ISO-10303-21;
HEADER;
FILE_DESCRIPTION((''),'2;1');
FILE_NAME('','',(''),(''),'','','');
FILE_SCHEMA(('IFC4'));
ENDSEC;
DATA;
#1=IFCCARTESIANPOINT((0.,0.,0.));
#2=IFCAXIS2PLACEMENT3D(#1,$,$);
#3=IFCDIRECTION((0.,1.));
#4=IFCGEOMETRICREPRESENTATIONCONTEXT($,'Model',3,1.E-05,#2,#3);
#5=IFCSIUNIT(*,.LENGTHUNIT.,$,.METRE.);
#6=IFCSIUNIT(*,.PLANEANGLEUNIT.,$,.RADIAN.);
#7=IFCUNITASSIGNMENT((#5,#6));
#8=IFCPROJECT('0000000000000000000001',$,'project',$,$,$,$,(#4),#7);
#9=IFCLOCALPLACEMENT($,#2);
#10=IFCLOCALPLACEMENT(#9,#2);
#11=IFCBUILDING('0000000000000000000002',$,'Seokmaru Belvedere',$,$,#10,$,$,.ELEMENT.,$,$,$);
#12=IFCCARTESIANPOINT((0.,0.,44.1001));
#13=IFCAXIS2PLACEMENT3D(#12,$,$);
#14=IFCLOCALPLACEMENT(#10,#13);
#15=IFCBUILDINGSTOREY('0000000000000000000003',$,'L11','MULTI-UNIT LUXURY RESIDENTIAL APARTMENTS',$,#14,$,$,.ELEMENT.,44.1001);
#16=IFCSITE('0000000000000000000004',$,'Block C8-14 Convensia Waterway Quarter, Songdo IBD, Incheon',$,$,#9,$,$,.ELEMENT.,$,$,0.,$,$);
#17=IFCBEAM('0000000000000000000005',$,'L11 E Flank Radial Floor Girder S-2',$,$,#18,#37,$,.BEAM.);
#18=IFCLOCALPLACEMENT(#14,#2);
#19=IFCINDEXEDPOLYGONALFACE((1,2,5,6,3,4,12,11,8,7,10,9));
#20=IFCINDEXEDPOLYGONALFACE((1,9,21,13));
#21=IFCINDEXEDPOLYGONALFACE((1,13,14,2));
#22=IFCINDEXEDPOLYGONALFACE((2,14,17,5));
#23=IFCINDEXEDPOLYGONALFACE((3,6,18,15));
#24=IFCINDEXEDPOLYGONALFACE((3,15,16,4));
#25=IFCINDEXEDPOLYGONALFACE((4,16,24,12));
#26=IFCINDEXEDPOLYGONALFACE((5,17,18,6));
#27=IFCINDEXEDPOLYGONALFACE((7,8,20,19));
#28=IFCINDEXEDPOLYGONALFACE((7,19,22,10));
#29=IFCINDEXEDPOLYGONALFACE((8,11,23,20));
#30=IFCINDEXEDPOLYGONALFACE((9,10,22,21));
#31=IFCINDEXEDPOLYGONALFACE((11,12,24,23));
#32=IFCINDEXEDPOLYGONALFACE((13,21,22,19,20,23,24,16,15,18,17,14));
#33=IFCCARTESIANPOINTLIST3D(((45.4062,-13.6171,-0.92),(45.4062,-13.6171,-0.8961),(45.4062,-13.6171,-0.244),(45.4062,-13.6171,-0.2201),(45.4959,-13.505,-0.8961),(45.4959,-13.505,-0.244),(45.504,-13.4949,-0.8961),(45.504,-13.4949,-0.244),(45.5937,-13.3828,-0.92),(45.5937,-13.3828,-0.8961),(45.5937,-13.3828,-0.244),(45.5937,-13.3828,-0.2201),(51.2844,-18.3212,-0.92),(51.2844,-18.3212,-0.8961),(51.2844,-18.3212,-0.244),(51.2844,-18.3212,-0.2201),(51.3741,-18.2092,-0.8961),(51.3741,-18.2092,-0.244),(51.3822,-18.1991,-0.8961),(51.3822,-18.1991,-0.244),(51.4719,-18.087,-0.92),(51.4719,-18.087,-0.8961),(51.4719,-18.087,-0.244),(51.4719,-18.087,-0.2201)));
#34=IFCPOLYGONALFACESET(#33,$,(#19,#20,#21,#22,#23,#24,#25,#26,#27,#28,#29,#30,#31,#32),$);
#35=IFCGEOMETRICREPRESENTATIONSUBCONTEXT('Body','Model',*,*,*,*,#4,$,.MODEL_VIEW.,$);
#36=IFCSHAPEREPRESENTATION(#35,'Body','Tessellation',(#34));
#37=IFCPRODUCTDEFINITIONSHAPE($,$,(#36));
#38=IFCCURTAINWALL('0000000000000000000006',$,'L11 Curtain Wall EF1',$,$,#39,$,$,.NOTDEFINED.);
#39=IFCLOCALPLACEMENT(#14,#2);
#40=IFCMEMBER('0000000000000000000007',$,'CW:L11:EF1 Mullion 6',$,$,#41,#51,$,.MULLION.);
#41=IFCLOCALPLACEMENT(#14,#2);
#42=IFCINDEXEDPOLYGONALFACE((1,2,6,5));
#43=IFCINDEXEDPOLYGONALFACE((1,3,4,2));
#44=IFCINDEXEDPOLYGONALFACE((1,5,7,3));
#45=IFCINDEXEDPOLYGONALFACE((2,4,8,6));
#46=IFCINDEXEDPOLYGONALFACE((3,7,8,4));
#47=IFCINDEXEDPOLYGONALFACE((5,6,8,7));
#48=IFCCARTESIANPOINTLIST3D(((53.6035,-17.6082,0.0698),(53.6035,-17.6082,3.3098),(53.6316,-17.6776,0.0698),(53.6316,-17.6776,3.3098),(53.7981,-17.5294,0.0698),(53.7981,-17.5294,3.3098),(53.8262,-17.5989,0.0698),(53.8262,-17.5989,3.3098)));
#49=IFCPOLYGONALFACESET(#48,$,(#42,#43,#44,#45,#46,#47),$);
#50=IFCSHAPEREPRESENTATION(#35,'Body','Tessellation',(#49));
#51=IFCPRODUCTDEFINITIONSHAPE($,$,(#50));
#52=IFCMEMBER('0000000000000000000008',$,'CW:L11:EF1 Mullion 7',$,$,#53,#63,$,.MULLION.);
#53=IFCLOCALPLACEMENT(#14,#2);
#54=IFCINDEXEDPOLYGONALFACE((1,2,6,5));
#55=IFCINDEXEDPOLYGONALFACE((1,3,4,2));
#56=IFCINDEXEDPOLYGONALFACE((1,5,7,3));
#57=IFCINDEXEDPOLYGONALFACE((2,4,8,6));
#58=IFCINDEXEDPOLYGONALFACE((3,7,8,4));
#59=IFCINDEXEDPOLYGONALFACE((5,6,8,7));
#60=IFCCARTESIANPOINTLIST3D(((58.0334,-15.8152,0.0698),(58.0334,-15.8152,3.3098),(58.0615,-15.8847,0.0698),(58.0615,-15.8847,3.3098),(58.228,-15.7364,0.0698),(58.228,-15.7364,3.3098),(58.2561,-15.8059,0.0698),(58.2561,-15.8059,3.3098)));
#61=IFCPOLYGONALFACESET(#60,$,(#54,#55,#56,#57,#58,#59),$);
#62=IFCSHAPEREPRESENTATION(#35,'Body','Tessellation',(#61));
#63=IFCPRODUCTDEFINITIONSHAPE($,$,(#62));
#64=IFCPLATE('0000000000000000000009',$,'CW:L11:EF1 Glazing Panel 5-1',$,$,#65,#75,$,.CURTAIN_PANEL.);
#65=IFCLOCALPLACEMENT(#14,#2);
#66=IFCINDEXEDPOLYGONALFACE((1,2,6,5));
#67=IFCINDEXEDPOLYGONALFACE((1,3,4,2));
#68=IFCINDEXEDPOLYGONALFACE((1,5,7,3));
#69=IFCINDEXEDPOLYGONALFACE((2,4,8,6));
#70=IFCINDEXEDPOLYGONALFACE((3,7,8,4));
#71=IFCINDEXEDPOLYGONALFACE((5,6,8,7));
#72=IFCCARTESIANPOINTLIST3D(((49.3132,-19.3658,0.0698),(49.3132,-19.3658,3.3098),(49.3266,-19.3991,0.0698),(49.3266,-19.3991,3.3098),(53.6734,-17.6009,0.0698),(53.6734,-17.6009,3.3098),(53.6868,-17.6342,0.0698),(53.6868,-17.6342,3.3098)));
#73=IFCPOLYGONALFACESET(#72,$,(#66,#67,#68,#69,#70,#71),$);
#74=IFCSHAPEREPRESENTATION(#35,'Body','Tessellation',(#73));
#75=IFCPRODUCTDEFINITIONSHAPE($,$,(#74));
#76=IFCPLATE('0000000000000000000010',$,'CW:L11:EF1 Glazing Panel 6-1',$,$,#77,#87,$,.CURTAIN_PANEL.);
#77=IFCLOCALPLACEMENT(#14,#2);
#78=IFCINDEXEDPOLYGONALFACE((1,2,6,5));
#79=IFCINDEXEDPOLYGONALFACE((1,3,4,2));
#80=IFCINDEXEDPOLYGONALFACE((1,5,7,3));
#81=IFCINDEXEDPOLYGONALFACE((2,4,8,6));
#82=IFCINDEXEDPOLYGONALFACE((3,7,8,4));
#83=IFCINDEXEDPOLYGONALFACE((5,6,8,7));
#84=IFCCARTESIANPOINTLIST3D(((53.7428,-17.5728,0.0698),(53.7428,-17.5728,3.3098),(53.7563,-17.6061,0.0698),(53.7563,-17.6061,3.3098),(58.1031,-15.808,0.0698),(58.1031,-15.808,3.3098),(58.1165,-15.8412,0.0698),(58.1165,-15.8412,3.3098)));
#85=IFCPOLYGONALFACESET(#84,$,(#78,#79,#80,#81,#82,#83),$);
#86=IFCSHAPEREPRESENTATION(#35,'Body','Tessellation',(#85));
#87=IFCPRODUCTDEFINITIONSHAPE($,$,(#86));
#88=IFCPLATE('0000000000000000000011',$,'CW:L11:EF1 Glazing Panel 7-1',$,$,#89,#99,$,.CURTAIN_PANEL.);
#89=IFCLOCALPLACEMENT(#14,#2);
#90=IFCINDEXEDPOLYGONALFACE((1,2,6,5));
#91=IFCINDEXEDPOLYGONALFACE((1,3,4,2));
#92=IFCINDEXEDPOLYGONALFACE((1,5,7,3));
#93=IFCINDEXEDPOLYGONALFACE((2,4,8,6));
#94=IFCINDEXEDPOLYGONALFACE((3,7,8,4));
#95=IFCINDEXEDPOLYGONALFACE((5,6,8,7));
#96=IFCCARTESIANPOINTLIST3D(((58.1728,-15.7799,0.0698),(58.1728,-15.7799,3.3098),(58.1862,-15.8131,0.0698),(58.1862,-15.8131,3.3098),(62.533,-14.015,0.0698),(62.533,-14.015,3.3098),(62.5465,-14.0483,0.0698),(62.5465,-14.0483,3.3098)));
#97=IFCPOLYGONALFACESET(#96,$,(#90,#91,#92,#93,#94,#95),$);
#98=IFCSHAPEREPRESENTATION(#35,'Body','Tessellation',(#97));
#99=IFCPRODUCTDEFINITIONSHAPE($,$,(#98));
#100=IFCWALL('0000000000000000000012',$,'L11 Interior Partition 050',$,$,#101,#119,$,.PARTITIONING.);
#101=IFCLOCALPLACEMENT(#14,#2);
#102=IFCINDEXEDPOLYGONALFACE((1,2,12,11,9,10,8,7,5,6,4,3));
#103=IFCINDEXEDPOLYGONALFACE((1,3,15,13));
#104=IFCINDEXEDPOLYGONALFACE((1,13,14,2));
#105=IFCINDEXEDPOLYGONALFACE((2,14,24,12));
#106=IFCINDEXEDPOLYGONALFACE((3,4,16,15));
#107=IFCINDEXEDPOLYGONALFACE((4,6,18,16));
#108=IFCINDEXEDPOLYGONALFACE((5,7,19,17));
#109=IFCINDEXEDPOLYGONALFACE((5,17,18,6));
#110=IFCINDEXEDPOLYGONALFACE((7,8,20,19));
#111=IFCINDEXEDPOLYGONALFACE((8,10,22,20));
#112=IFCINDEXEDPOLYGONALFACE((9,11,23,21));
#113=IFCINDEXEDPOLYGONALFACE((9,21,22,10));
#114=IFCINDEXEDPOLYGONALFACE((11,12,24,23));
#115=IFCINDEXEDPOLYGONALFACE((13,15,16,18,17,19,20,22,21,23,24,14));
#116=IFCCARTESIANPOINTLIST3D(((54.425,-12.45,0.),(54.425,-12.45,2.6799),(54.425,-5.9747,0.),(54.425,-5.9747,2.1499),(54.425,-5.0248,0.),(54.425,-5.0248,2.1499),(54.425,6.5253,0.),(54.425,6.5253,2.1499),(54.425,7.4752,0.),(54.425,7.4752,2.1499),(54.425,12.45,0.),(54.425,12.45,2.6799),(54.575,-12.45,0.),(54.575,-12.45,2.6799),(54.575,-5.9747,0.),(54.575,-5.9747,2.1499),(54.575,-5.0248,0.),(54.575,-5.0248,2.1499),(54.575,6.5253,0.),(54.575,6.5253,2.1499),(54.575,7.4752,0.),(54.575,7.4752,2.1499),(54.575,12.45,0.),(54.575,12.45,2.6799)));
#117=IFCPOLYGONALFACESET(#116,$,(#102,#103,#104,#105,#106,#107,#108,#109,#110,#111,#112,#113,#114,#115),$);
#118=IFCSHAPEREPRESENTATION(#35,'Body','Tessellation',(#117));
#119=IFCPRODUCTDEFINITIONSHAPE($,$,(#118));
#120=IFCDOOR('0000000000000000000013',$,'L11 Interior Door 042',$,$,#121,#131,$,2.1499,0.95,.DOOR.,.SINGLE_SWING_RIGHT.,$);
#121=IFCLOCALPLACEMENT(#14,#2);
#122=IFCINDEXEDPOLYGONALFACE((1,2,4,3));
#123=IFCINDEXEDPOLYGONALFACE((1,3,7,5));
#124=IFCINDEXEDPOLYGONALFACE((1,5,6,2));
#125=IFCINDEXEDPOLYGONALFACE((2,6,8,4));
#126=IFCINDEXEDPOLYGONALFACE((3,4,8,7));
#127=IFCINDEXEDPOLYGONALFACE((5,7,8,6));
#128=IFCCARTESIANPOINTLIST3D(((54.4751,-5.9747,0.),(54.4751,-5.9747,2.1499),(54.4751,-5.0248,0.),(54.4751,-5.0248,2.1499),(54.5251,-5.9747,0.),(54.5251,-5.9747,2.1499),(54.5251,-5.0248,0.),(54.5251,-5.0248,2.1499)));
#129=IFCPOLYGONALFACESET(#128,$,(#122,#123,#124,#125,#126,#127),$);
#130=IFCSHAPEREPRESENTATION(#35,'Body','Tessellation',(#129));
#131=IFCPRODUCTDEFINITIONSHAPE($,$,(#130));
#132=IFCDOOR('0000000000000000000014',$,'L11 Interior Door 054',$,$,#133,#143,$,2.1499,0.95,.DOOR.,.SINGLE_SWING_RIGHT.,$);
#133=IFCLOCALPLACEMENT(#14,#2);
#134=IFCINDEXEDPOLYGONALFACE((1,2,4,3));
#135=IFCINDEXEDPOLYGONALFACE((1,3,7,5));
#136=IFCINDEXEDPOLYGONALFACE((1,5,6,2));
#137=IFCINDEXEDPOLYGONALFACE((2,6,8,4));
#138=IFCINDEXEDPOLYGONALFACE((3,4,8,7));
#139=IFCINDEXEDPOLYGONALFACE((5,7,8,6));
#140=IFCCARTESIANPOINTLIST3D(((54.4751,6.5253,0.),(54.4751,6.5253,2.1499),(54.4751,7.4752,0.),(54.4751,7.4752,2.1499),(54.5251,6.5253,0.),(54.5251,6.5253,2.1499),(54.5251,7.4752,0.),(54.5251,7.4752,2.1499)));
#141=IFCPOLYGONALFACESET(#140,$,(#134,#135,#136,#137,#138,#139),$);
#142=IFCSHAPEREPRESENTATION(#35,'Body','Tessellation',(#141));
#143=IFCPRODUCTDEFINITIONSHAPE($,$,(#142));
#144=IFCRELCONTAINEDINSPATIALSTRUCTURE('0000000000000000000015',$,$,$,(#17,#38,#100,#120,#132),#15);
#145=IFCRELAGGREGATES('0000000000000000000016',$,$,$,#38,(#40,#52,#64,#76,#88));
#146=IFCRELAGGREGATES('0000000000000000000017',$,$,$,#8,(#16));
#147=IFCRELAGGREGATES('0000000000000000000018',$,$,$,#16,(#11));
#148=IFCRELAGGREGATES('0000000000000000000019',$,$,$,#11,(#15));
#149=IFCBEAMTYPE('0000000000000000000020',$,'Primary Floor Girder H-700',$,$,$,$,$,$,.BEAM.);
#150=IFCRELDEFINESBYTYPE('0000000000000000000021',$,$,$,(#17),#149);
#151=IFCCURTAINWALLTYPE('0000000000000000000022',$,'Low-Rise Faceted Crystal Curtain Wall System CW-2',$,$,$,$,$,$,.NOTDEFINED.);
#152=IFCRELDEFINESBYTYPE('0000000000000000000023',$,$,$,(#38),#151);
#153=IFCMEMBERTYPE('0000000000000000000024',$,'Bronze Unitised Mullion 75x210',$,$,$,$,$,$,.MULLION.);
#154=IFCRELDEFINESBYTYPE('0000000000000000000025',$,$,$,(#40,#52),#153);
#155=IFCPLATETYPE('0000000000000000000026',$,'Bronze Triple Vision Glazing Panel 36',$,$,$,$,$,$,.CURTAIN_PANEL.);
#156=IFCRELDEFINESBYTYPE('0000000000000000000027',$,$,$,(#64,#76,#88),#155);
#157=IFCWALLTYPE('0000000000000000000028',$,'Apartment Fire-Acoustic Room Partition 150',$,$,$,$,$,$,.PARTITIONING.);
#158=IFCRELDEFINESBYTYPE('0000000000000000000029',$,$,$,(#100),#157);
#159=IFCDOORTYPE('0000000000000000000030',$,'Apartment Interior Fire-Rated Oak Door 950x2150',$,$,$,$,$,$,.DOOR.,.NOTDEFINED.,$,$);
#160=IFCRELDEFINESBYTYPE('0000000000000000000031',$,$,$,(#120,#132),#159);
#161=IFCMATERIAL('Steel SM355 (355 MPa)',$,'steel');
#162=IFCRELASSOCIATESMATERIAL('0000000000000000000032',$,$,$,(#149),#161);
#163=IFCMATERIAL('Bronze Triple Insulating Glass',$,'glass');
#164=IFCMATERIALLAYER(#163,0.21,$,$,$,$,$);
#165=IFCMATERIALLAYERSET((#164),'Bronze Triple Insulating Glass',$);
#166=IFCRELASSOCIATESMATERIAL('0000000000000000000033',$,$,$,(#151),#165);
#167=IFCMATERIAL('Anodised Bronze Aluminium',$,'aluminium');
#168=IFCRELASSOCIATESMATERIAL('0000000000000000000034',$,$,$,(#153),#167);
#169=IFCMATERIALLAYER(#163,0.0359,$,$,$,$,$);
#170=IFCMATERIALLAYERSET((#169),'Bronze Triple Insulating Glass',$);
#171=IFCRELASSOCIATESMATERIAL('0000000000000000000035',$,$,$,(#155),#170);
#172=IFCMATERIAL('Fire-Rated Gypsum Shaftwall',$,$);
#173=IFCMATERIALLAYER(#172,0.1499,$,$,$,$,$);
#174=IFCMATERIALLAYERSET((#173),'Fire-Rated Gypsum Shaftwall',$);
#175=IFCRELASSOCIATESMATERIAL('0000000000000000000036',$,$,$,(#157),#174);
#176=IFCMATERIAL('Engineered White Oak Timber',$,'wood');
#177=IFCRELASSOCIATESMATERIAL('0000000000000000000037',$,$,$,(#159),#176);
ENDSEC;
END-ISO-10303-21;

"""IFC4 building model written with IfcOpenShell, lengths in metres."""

from ifc_helpers import new_model, si_unit, direction, frame, frame_2d, origin, origin_2d, place, context, subcontext, project, spatial, rectangle, i_section, extrude, source, transform, mapped, material, layer, layer_set, material_profile, profile_set, type_object, type_shapes, element, fill, aggregate, save


model = new_model("IFC4")

# Units and contexts
model_context = context("Model", 3, precision=1e-05, world=origin(), true_north=direction((0.0, 1.0)))
body_context = subcontext(model_context, "Body", "Model", "MODEL_VIEW")
ifc_project = project(units=[si_unit("LENGTHUNIT", "METRE"), si_unit("PLANEANGLEUNIT", "RADIAN")], contexts=[model_context])

# Site, building, storey
site_placement = place(None, origin())
site = spatial("IfcSite", under=ifc_project, at=site_placement, Name="Block C8-14 Convensia Waterway Quarter, Songdo IBD, Incheon", CompositionType="ELEMENT", RefElevation=0.0)
building_placement = place(site_placement, origin())
building = spatial("IfcBuilding", under=site, at=building_placement, Name="Seokmaru Belvedere", CompositionType="ELEMENT")
storey_placement = place(building_placement, frame((0.0, 0.0, 44.1001)))
storey = spatial("IfcBuildingStorey", under=building, at=storey_placement, Name="L11", Description="MULTI-UNIT LUXURY RESIDENTIAL APARTMENTS", CompositionType="ELEMENT", Elevation=44.1001)

# Shared definitions
ifc_material_1 = material(Name="Steel SM355 (355 MPa)", Category="steel")

# Beam
ifc_material_profile_1 = material_profile(ifc_material_1, i_section(OverallWidth=0.3, OverallDepth=0.7, WebThickness=0.0129, FlangeThickness=0.0239, at=origin_2d()), Name="H-700x300x13x24")
ifc_profile_set_1 = profile_set([ifc_material_profile_1], Name="Steel SM355 (355 MPa)")
beam_type_1 = type_object("IfcBeamType", Name="Primary Floor Girder H-700", PredefinedType="BEAM", material=ifc_profile_set_1)
shared_shape_1 = source(origin(), body_context, "Body", "SweptSolid", [
    extrude(i_section(OverallWidth=0.3, OverallDepth=0.7, WebThickness=0.0129, FlangeThickness=0.0239, at=origin_2d()), origin(), (0.0, 0.0, 1.0), 7.5288),
])
beam_1_placement = place(storey_placement, frame((51.3782, -18.2041, -0.5701), z_axis=(-0.780768, 0.624822, 0.0), x_axis=(-0.624822, -0.780768, 0.0)))
element("IfcBeam", 1, at=beam_1_placement, inside=storey, type_object=beam_type_1, Name="L11 E Flank Radial Floor Girder S-2", PredefinedType="BEAM", context=body_context, shape_type="MappedRepresentation", body=[
    mapped(shared_shape_1, transform((0.0, 0.0, 0.0), scale=1.0)),
])

# Curtain wall, members, plates
ifc_material_2 = material(Name="Bronze Triple Insulating Glass", Category="glass")
ifc_layer_1 = layer(ifc_material_2, 0.21)
ifc_layer_set_1 = layer_set([ifc_layer_1], Name="Bronze Triple Insulating Glass")
curtain_wall_type = type_object("IfcCurtainWallType", Name="Low-Rise Faceted Crystal Curtain Wall System CW-2", PredefinedType="NOTDEFINED", material=ifc_layer_set_1)
curtain_wall_placement = place(storey_placement, origin())
curtain_wall = element("IfcCurtainWall", 2, at=curtain_wall_placement, inside=storey, type_object=curtain_wall_type, Name="L11 Curtain Wall EF1", PredefinedType="NOTDEFINED")
ifc_material_3 = material(Name="Anodised Bronze Aluminium", Category="aluminium")
ifc_material_profile_2 = material_profile(ifc_material_3, rectangle(XDim=0.075, YDim=0.21, at=origin_2d()), Name="CW-M-75x210")
ifc_profile_set_2 = profile_set([ifc_material_profile_2], Name="Anodised Bronze Aluminium")
member_type = type_object("IfcMemberType", Name="Bronze Unitised Mullion 75x210", PredefinedType="MULLION", material=ifc_profile_set_2)
shared_shape_2 = source(origin(), body_context, "Body", "SweptSolid", [
    extrude(rectangle(XDim=0.075, YDim=0.21, at=origin_2d()), origin(), (0.0, 0.0, 1.0), 3.24),
])
type_shapes(member_type, [shared_shape_2])
member_1_placement = place(storey_placement, frame((53.7148, -17.6035, 0.0698), z_axis=(0.0, 0.0, 1.0), x_axis=(-0.375192, 0.926947, 0.0)))
member_1 = element("IfcMember", 3, at=member_1_placement, type_object=member_type, Name="CW:L11:EF1 Mullion 6", PredefinedType="MULLION", context=body_context, shape_type="MappedRepresentation", body=[
    mapped(shared_shape_2, transform((0.0, 0.0, 0.0), scale=1.0)),
])
member_2_placement = place(storey_placement, frame((58.1448, -15.8105, 0.0698), z_axis=(0.0, 0.0, 1.0), x_axis=(-0.375192, 0.926947, 0.0)))
member_2 = element("IfcMember", 4, at=member_2_placement, type_object=member_type, Name="CW:L11:EF1 Mullion 7", PredefinedType="MULLION", context=body_context, shape_type="MappedRepresentation", body=[
    mapped(shared_shape_2, transform((0.0, 0.0, 0.0), scale=1.0)),
])
ifc_layer_2 = layer(ifc_material_2, 0.0359)
ifc_layer_set_2 = layer_set([ifc_layer_2], Name="Bronze Triple Insulating Glass")
plate_type = type_object("IfcPlateType", Name="Bronze Triple Vision Glazing Panel 36", PredefinedType="CURTAIN_PANEL", material=ifc_layer_set_2)
shared_shape_3 = source(origin(), body_context, "Body", "SweptSolid", [
    extrude(rectangle(XDim=4.7039, YDim=0.0359, at=origin_2d()), origin(), (0.0, 0.0, 1.0), 3.24),
])
type_shapes(plate_type, [shared_shape_3])
plate_1_placement = place(storey_placement, frame((51.5, -18.5, 0.0698), z_axis=(0.0, 0.0, 1.0), x_axis=(0.926947, 0.375192, 0.0)))
plate_1 = element("IfcPlate", 5, at=plate_1_placement, type_object=plate_type, Name="CW:L11:EF1 Glazing Panel 5-1", PredefinedType="CURTAIN_PANEL", context=body_context, shape_type="MappedRepresentation", body=[
    mapped(shared_shape_3, transform((0.0, 0.0, 0.0), scale=1.0)),
])
plate_2_placement = place(storey_placement, frame((55.9297, -16.707, 0.0698), z_axis=(0.0, 0.0, 1.0), x_axis=(0.926947, 0.375192, 0.0)))
plate_2 = element("IfcPlate", 6, at=plate_2_placement, type_object=plate_type, Name="CW:L11:EF1 Glazing Panel 6-1", PredefinedType="CURTAIN_PANEL", context=body_context, shape_type="MappedRepresentation", body=[
    mapped(shared_shape_3, transform((0.0, 0.0, 0.0), scale=1.0)),
])
plate_3_placement = place(storey_placement, frame((60.3596, -14.9141, 0.0698), z_axis=(0.0, 0.0, 1.0), x_axis=(0.926947, 0.375192, 0.0)))
plate_3 = element("IfcPlate", 7, at=plate_3_placement, type_object=plate_type, Name="CW:L11:EF1 Glazing Panel 7-1", PredefinedType="CURTAIN_PANEL", context=body_context, shape_type="MappedRepresentation", body=[
    mapped(shared_shape_3, transform((0.0, 0.0, 0.0), scale=1.0)),
])
aggregate(curtain_wall, [member_1, member_2, plate_1, plate_2, plate_3])

# Wall, openings, doors
ifc_material_4 = material(Name="Fire-Rated Gypsum Shaftwall")
ifc_layer_3 = layer(ifc_material_4, 0.1499)
ifc_layer_set_3 = layer_set([ifc_layer_3], Name="Fire-Rated Gypsum Shaftwall")
wall_type = type_object("IfcWallType", Name="Apartment Fire-Acoustic Room Partition 150", PredefinedType="PARTITIONING", material=ifc_layer_set_3)
wall_1_placement = place(storey_placement, frame((54.5, -12.45, 0.0), z_axis=(0.0, 0.0, 1.0), x_axis=(0.0, 1.0, 0.0)))
wall_1 = element("IfcWall", 8, at=wall_1_placement, inside=storey, type_object=wall_type, Name="L11 Interior Partition 050", PredefinedType="PARTITIONING", context=body_context, shape_type="SweptSolid", body=[
    extrude(rectangle(XDim=24.8999, YDim=0.1499, at=frame_2d((12.45, 0.0))), origin(), (0.0, 0.0, 1.0), 2.6799),
])
opening_1_placement = place(wall_1_placement, frame((6.4751, 0.0, 0.0)))
opening_1 = element("IfcOpeningElement", 9, at=opening_1_placement, cuts=wall_1, PredefinedType="OPENING", context=body_context, shape_type="SweptSolid", body=[
    extrude(rectangle(XDim=0.95, YDim=2.1499, at=frame_2d((0.4751, 1.075))), frame((0.0, 0.085, 0.0), z_axis=(0.0, -1.0, 0.0), x_axis=(1.0, 0.0, 0.0)), (0.0, 0.0, 1.0), 0.1699),
])
opening_2_placement = place(wall_1_placement, frame((18.9751, 0.0, 0.0)))
opening_2 = element("IfcOpeningElement", 10, at=opening_2_placement, cuts=wall_1, PredefinedType="OPENING", context=body_context, shape_type="SweptSolid", body=[
    extrude(rectangle(XDim=0.95, YDim=2.1499, at=frame_2d((0.4751, 1.075))), frame((0.0, 0.085, 0.0), z_axis=(0.0, -1.0, 0.0), x_axis=(1.0, 0.0, 0.0)), (0.0, 0.0, 1.0), 0.1699),
])
ifc_material_5 = material(Name="Engineered White Oak Timber", Category="wood")
door_type = type_object("IfcDoorType", Name="Apartment Interior Fire-Rated Oak Door 950x2150", OperationType="NOTDEFINED", PredefinedType="DOOR", material=ifc_material_5)
shared_shape_4 = source(origin(), body_context, "Body", "SweptSolid", [
    extrude(rectangle(XDim=0.95, YDim=2.1499, at=frame_2d((0.4751, 1.075))), frame((0.0, 0.0249, 0.0), z_axis=(0.0, -1.0, 0.0), x_axis=(1.0, 0.0, 0.0)), (0.0, 0.0, 1.0), 0.05),
])
type_shapes(door_type, [shared_shape_4])
door_1_placement = place(opening_1_placement, origin())
door_1 = element("IfcDoor", 11, at=door_1_placement, inside=storey, type_object=door_type, Name="L11 Interior Door 042", OperationType="SINGLE_SWING_RIGHT", OverallHeight=2.1499, OverallWidth=0.95, PredefinedType="DOOR", context=body_context, shape_type="MappedRepresentation", body=[
    mapped(shared_shape_4, transform((0.0, 0.0, 0.0), scale=1.0)),
])
fill(opening_1, door_1)
door_2_placement = place(opening_2_placement, origin())
door_2 = element("IfcDoor", 12, at=door_2_placement, inside=storey, type_object=door_type, Name="L11 Interior Door 054", OperationType="SINGLE_SWING_RIGHT", OverallHeight=2.1499, OverallWidth=0.95, PredefinedType="DOOR", context=body_context, shape_type="MappedRepresentation", body=[
    mapped(shared_shape_4, transform((0.0, 0.0, 0.0), scale=1.0)),
])
fill(opening_2, door_2)

save(model, "model.ifc")
